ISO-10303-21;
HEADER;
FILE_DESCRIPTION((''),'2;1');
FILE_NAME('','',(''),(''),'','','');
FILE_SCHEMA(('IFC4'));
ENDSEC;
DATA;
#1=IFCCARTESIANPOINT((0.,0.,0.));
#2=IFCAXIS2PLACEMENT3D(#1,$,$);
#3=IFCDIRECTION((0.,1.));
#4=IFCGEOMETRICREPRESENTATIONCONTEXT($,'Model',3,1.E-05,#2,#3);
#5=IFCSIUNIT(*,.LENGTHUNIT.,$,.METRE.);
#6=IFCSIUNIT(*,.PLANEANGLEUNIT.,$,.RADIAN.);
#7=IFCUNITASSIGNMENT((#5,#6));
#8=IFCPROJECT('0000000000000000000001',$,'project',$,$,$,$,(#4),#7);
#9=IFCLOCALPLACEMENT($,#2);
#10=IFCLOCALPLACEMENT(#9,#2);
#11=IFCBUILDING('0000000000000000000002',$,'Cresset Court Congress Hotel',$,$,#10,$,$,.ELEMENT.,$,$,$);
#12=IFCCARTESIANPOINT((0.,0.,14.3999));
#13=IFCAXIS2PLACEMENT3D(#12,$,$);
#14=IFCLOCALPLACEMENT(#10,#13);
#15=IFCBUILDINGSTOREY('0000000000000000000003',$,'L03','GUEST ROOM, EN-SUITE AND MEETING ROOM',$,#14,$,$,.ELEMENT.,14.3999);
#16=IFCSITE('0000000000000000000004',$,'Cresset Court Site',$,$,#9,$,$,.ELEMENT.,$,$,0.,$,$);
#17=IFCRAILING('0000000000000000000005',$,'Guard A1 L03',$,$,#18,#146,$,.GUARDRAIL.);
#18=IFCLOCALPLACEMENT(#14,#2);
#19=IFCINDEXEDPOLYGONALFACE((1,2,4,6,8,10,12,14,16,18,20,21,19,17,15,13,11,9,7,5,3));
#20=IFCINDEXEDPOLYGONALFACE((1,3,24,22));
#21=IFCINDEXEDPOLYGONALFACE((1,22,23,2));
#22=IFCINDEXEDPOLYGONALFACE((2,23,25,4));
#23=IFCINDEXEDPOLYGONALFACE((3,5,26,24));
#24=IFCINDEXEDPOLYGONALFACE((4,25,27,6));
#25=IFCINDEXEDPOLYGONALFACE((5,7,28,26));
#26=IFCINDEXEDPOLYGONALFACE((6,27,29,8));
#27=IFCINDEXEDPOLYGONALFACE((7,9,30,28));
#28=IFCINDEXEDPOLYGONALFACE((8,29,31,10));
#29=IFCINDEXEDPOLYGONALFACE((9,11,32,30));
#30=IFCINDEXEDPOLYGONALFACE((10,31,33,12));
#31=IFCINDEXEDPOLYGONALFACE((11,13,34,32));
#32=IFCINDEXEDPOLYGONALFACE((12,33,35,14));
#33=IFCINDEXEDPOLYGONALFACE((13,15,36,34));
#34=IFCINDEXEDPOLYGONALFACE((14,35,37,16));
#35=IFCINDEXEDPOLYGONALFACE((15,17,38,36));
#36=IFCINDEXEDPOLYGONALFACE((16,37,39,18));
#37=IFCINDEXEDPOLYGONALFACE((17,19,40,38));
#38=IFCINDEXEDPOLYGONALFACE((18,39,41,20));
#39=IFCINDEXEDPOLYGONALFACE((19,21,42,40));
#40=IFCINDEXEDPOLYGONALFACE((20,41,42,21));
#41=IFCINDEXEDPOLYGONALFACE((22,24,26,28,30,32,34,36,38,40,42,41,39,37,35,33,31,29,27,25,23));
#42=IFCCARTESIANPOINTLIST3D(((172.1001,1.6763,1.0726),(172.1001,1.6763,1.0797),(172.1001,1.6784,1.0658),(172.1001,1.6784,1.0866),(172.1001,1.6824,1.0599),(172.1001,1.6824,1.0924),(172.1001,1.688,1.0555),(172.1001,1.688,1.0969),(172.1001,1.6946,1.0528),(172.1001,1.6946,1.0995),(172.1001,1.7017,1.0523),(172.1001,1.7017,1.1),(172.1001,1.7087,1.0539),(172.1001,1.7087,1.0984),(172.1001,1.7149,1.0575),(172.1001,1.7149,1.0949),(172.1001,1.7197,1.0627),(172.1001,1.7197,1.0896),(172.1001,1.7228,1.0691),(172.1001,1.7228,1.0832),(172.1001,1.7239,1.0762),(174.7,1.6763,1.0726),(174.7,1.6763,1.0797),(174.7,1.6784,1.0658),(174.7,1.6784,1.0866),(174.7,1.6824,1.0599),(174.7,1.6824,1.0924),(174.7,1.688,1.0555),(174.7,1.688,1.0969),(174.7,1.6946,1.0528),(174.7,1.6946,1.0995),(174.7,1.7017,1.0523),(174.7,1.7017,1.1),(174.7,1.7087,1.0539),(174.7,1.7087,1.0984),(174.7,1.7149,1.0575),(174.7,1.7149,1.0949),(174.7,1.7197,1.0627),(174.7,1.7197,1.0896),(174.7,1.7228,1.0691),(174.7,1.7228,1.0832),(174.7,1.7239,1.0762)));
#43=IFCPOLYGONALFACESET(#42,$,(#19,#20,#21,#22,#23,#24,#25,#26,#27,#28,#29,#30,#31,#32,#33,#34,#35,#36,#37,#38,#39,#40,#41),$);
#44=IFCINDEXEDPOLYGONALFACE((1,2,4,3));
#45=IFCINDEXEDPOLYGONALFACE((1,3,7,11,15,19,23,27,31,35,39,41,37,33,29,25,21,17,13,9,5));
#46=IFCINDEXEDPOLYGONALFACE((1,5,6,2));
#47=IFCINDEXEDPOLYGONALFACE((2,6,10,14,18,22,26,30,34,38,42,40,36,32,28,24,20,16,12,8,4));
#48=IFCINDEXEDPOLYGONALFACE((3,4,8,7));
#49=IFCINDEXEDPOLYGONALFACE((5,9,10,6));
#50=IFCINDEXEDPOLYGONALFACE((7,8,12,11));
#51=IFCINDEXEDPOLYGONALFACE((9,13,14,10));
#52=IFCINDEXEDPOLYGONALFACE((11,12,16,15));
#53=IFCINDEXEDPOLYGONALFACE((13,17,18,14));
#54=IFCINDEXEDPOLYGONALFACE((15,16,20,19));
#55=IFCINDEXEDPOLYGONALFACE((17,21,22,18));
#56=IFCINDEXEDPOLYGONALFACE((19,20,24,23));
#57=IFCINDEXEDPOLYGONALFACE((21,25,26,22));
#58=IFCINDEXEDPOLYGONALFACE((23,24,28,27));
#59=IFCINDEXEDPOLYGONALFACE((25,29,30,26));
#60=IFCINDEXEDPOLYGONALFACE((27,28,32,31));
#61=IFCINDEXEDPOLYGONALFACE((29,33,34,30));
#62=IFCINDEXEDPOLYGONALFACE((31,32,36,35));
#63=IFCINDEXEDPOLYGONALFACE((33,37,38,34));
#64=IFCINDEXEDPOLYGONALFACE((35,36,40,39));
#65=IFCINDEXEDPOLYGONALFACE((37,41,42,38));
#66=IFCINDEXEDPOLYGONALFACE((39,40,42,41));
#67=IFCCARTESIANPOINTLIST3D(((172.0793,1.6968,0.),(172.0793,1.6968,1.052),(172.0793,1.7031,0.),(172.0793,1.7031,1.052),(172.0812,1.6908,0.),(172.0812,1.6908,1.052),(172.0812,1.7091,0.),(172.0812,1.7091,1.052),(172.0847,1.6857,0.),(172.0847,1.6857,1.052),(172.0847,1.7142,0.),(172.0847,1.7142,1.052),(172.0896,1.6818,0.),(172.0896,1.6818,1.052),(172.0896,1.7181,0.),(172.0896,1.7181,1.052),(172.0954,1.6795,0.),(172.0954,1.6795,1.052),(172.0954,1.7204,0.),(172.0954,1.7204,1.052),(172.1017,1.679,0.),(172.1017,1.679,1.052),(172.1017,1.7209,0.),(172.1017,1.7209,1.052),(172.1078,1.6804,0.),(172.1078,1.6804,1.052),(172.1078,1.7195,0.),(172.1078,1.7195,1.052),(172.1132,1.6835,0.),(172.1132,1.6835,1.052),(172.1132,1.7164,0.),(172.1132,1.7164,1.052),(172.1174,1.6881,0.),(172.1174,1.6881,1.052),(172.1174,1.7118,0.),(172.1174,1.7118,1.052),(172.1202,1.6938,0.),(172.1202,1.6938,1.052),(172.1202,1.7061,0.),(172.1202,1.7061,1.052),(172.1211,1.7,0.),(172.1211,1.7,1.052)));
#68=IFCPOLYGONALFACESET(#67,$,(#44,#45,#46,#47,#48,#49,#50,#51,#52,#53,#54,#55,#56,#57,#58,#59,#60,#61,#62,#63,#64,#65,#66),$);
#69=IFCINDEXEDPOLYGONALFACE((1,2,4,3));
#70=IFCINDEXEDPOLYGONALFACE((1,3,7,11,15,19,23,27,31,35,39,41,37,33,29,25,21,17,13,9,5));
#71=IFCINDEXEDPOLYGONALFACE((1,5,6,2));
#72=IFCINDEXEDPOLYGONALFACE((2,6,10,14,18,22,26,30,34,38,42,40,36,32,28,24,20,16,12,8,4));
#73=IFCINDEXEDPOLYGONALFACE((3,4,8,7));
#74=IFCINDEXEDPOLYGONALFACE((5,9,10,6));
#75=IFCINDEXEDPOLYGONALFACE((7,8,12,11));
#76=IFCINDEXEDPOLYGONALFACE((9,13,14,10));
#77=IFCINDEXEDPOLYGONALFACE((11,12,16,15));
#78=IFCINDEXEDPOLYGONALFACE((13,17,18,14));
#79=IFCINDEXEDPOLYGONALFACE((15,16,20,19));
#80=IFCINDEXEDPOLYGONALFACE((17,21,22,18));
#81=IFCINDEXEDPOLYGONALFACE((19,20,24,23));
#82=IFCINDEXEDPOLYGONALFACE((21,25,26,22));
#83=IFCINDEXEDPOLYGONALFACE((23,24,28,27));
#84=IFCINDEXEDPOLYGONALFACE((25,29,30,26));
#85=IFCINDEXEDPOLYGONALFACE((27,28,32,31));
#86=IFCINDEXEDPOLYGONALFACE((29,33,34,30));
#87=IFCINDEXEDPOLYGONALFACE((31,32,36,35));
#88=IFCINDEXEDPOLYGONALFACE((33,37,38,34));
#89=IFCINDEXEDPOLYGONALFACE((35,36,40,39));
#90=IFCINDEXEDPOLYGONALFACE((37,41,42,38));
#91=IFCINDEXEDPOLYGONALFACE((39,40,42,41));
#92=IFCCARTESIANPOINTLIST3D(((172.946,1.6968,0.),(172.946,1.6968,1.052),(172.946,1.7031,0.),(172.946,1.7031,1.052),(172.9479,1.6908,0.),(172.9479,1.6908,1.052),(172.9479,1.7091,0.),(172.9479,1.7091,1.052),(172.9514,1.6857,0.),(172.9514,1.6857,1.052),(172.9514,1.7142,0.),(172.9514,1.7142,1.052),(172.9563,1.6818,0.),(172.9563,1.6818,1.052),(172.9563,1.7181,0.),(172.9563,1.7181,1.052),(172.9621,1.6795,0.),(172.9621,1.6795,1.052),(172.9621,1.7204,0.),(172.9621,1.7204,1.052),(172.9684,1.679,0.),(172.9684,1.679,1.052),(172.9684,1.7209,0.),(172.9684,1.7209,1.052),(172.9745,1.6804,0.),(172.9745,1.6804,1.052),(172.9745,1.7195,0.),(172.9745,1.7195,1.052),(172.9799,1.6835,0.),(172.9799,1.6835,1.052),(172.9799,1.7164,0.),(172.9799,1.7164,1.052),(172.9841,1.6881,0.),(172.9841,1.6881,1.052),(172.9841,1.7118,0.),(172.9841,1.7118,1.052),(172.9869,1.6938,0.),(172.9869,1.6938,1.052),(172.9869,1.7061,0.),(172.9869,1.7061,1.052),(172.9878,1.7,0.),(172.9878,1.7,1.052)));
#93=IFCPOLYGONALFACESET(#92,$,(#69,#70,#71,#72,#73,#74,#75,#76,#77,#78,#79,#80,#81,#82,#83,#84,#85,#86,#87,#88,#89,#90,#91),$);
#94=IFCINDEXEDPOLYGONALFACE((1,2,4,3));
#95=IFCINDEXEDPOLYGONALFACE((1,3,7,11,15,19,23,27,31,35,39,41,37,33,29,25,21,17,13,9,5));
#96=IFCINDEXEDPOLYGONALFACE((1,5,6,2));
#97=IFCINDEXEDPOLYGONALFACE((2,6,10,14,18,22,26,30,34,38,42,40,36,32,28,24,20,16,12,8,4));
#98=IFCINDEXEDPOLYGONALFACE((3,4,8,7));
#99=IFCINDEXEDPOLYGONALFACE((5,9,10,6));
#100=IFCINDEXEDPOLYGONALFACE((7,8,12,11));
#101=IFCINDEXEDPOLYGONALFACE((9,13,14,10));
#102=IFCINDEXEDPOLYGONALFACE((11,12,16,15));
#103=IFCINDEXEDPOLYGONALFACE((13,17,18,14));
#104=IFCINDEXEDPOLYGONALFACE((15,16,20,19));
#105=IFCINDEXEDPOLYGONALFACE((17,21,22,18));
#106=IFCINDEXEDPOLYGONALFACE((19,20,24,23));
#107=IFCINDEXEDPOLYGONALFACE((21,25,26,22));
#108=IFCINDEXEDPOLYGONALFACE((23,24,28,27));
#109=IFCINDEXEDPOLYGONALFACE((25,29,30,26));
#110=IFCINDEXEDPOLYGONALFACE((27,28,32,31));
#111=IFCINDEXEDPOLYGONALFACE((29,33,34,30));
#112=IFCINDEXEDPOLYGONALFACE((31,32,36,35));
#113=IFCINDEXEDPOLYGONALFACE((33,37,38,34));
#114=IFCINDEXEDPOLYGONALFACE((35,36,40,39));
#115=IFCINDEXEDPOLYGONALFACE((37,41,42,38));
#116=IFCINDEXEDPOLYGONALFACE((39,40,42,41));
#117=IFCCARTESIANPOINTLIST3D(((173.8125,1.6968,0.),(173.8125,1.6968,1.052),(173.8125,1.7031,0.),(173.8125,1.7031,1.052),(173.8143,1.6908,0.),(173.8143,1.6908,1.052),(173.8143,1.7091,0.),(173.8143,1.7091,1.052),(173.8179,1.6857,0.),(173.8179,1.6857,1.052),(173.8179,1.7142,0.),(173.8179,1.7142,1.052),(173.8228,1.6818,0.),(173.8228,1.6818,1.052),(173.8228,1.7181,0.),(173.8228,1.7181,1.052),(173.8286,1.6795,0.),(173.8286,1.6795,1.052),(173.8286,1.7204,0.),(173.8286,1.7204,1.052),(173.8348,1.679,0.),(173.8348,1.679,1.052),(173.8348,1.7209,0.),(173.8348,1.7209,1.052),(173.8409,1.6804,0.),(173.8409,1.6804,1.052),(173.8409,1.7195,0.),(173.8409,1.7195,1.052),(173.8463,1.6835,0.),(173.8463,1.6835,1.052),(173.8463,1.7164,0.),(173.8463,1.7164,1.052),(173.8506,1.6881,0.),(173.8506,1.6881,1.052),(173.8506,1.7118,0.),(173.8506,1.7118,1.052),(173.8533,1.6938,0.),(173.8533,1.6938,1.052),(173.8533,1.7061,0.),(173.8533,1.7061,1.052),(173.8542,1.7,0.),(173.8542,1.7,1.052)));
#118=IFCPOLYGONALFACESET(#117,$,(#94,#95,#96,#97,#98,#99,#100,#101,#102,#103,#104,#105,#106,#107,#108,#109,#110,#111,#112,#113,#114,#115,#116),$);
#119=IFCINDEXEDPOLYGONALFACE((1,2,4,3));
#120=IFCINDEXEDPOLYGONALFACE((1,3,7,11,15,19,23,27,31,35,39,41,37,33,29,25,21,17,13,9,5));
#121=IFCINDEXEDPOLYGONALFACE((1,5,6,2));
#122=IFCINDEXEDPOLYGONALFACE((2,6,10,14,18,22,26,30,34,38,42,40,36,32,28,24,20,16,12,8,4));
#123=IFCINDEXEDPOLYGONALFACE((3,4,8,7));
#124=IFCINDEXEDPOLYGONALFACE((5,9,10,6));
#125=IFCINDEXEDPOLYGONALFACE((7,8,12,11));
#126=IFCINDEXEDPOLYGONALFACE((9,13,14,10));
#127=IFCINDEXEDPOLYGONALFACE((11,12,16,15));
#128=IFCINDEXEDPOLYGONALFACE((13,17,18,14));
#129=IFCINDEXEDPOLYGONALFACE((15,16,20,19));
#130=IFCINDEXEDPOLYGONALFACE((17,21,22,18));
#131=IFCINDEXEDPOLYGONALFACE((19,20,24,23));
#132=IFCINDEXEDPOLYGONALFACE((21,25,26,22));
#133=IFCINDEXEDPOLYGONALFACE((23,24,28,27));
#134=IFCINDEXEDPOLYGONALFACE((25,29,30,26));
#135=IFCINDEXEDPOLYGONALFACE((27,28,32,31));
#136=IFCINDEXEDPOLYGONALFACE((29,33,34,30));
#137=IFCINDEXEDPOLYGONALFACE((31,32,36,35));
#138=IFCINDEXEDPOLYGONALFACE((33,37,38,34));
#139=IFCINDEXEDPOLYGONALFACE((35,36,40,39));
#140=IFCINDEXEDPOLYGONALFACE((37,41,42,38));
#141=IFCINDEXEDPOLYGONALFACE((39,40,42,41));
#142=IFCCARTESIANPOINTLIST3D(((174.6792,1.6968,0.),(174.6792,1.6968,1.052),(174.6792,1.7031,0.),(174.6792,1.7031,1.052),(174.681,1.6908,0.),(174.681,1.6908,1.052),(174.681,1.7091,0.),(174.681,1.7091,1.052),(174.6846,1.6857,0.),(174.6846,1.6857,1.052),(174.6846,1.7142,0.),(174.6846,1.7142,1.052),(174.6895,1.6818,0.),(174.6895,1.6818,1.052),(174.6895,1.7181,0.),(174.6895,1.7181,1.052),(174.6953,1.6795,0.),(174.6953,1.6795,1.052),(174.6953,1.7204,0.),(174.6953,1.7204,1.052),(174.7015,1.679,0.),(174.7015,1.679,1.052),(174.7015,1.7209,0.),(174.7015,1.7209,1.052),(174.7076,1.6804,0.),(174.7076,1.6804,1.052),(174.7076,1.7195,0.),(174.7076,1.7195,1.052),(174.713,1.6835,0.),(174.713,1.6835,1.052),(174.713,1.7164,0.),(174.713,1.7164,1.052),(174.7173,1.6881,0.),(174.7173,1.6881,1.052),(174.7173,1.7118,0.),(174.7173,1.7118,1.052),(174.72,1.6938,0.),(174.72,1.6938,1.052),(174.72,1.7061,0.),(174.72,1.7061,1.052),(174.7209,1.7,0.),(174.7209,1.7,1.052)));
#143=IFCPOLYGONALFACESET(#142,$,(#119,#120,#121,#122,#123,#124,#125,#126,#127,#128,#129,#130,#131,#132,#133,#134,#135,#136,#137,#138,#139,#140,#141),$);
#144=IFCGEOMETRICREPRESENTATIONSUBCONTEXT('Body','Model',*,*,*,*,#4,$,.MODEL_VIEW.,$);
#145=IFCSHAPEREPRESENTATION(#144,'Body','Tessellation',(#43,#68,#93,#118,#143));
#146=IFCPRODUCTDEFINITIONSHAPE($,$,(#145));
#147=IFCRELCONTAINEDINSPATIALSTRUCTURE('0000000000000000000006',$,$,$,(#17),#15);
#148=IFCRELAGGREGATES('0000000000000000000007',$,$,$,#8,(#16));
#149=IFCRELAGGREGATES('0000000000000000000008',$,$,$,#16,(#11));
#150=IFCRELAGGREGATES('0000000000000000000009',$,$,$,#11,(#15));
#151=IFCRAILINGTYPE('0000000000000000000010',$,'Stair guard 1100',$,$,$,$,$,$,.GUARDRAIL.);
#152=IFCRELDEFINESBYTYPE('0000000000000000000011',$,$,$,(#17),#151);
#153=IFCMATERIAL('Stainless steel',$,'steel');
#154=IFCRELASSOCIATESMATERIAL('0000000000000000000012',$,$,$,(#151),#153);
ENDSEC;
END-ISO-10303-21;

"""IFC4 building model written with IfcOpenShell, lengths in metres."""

from ifc_helpers import new_model, si_unit, direction, frame, origin, origin_2d, place, context, subcontext, project, spatial, circle, extrude, material, type_object, element, save


model = new_model("IFC4")

# Units and contexts
model_context = context("Model", 3, precision=1e-05, world=origin(), true_north=direction((0.0, 1.0)))
body_context = subcontext(model_context, "Body", "Model", "MODEL_VIEW")
ifc_project = project(units=[si_unit("LENGTHUNIT", "METRE"), si_unit("PLANEANGLEUNIT", "RADIAN")], contexts=[model_context])

# Site, building, storey
site_placement = place(None, origin())
site = spatial("IfcSite", under=ifc_project, at=site_placement, Name="Cresset Court Site", CompositionType="ELEMENT", RefElevation=0.0)
building_placement = place(site_placement, origin())
building = spatial("IfcBuilding", under=site, at=building_placement, Name="Cresset Court Congress Hotel", CompositionType="ELEMENT")
storey_placement = place(building_placement, frame((0.0, 0.0, 14.3999)))
storey = spatial("IfcBuildingStorey", under=building, at=storey_placement, Name="L03", Description="GUEST ROOM, EN-SUITE AND MEETING ROOM", CompositionType="ELEMENT", Elevation=14.3999)

# Railing
ifc_material_1 = material(Name="Stainless steel", Category="steel")
railing_type_1 = type_object("IfcRailingType", Name="Stair guard 1100", PredefinedType="GUARDRAIL", material=ifc_material_1)
for number, where, name in (
    (1, (172.1001, 1.7, 0.0), "Guard A1 L03"),
):
    element("IfcRailing", number, at=place(storey_placement, frame(where)), inside=storey, type_object=railing_type_1, Name=name, PredefinedType="GUARDRAIL", context=body_context, shape_type="SweptSolid", body=[
        extrude(circle(Radius=0.0239, at=origin_2d()), frame((0.0, 0.0, 1.0762), z_axis=(1.0, 0.0, 0.0), x_axis=(0.0, 1.0, 0.0)), (0.0, 0.0, 1.0), 2.5999),
        extrude(circle(Radius=0.021, at=origin_2d()), origin(), (0.0, 0.0, 1.0), 1.052),
        extrude(circle(Radius=0.021, at=origin_2d()), frame((0.8667, 0.0, 0.0)), (0.0, 0.0, 1.0), 1.052),
        extrude(circle(Radius=0.021, at=origin_2d()), frame((1.7332, 0.0, 0.0)), (0.0, 0.0, 1.0), 1.052),
        extrude(circle(Radius=0.021, at=origin_2d()), frame((2.5999, 0.0, 0.0)), (0.0, 0.0, 1.0), 1.052),
    ])

save(model, "model.ifc")
